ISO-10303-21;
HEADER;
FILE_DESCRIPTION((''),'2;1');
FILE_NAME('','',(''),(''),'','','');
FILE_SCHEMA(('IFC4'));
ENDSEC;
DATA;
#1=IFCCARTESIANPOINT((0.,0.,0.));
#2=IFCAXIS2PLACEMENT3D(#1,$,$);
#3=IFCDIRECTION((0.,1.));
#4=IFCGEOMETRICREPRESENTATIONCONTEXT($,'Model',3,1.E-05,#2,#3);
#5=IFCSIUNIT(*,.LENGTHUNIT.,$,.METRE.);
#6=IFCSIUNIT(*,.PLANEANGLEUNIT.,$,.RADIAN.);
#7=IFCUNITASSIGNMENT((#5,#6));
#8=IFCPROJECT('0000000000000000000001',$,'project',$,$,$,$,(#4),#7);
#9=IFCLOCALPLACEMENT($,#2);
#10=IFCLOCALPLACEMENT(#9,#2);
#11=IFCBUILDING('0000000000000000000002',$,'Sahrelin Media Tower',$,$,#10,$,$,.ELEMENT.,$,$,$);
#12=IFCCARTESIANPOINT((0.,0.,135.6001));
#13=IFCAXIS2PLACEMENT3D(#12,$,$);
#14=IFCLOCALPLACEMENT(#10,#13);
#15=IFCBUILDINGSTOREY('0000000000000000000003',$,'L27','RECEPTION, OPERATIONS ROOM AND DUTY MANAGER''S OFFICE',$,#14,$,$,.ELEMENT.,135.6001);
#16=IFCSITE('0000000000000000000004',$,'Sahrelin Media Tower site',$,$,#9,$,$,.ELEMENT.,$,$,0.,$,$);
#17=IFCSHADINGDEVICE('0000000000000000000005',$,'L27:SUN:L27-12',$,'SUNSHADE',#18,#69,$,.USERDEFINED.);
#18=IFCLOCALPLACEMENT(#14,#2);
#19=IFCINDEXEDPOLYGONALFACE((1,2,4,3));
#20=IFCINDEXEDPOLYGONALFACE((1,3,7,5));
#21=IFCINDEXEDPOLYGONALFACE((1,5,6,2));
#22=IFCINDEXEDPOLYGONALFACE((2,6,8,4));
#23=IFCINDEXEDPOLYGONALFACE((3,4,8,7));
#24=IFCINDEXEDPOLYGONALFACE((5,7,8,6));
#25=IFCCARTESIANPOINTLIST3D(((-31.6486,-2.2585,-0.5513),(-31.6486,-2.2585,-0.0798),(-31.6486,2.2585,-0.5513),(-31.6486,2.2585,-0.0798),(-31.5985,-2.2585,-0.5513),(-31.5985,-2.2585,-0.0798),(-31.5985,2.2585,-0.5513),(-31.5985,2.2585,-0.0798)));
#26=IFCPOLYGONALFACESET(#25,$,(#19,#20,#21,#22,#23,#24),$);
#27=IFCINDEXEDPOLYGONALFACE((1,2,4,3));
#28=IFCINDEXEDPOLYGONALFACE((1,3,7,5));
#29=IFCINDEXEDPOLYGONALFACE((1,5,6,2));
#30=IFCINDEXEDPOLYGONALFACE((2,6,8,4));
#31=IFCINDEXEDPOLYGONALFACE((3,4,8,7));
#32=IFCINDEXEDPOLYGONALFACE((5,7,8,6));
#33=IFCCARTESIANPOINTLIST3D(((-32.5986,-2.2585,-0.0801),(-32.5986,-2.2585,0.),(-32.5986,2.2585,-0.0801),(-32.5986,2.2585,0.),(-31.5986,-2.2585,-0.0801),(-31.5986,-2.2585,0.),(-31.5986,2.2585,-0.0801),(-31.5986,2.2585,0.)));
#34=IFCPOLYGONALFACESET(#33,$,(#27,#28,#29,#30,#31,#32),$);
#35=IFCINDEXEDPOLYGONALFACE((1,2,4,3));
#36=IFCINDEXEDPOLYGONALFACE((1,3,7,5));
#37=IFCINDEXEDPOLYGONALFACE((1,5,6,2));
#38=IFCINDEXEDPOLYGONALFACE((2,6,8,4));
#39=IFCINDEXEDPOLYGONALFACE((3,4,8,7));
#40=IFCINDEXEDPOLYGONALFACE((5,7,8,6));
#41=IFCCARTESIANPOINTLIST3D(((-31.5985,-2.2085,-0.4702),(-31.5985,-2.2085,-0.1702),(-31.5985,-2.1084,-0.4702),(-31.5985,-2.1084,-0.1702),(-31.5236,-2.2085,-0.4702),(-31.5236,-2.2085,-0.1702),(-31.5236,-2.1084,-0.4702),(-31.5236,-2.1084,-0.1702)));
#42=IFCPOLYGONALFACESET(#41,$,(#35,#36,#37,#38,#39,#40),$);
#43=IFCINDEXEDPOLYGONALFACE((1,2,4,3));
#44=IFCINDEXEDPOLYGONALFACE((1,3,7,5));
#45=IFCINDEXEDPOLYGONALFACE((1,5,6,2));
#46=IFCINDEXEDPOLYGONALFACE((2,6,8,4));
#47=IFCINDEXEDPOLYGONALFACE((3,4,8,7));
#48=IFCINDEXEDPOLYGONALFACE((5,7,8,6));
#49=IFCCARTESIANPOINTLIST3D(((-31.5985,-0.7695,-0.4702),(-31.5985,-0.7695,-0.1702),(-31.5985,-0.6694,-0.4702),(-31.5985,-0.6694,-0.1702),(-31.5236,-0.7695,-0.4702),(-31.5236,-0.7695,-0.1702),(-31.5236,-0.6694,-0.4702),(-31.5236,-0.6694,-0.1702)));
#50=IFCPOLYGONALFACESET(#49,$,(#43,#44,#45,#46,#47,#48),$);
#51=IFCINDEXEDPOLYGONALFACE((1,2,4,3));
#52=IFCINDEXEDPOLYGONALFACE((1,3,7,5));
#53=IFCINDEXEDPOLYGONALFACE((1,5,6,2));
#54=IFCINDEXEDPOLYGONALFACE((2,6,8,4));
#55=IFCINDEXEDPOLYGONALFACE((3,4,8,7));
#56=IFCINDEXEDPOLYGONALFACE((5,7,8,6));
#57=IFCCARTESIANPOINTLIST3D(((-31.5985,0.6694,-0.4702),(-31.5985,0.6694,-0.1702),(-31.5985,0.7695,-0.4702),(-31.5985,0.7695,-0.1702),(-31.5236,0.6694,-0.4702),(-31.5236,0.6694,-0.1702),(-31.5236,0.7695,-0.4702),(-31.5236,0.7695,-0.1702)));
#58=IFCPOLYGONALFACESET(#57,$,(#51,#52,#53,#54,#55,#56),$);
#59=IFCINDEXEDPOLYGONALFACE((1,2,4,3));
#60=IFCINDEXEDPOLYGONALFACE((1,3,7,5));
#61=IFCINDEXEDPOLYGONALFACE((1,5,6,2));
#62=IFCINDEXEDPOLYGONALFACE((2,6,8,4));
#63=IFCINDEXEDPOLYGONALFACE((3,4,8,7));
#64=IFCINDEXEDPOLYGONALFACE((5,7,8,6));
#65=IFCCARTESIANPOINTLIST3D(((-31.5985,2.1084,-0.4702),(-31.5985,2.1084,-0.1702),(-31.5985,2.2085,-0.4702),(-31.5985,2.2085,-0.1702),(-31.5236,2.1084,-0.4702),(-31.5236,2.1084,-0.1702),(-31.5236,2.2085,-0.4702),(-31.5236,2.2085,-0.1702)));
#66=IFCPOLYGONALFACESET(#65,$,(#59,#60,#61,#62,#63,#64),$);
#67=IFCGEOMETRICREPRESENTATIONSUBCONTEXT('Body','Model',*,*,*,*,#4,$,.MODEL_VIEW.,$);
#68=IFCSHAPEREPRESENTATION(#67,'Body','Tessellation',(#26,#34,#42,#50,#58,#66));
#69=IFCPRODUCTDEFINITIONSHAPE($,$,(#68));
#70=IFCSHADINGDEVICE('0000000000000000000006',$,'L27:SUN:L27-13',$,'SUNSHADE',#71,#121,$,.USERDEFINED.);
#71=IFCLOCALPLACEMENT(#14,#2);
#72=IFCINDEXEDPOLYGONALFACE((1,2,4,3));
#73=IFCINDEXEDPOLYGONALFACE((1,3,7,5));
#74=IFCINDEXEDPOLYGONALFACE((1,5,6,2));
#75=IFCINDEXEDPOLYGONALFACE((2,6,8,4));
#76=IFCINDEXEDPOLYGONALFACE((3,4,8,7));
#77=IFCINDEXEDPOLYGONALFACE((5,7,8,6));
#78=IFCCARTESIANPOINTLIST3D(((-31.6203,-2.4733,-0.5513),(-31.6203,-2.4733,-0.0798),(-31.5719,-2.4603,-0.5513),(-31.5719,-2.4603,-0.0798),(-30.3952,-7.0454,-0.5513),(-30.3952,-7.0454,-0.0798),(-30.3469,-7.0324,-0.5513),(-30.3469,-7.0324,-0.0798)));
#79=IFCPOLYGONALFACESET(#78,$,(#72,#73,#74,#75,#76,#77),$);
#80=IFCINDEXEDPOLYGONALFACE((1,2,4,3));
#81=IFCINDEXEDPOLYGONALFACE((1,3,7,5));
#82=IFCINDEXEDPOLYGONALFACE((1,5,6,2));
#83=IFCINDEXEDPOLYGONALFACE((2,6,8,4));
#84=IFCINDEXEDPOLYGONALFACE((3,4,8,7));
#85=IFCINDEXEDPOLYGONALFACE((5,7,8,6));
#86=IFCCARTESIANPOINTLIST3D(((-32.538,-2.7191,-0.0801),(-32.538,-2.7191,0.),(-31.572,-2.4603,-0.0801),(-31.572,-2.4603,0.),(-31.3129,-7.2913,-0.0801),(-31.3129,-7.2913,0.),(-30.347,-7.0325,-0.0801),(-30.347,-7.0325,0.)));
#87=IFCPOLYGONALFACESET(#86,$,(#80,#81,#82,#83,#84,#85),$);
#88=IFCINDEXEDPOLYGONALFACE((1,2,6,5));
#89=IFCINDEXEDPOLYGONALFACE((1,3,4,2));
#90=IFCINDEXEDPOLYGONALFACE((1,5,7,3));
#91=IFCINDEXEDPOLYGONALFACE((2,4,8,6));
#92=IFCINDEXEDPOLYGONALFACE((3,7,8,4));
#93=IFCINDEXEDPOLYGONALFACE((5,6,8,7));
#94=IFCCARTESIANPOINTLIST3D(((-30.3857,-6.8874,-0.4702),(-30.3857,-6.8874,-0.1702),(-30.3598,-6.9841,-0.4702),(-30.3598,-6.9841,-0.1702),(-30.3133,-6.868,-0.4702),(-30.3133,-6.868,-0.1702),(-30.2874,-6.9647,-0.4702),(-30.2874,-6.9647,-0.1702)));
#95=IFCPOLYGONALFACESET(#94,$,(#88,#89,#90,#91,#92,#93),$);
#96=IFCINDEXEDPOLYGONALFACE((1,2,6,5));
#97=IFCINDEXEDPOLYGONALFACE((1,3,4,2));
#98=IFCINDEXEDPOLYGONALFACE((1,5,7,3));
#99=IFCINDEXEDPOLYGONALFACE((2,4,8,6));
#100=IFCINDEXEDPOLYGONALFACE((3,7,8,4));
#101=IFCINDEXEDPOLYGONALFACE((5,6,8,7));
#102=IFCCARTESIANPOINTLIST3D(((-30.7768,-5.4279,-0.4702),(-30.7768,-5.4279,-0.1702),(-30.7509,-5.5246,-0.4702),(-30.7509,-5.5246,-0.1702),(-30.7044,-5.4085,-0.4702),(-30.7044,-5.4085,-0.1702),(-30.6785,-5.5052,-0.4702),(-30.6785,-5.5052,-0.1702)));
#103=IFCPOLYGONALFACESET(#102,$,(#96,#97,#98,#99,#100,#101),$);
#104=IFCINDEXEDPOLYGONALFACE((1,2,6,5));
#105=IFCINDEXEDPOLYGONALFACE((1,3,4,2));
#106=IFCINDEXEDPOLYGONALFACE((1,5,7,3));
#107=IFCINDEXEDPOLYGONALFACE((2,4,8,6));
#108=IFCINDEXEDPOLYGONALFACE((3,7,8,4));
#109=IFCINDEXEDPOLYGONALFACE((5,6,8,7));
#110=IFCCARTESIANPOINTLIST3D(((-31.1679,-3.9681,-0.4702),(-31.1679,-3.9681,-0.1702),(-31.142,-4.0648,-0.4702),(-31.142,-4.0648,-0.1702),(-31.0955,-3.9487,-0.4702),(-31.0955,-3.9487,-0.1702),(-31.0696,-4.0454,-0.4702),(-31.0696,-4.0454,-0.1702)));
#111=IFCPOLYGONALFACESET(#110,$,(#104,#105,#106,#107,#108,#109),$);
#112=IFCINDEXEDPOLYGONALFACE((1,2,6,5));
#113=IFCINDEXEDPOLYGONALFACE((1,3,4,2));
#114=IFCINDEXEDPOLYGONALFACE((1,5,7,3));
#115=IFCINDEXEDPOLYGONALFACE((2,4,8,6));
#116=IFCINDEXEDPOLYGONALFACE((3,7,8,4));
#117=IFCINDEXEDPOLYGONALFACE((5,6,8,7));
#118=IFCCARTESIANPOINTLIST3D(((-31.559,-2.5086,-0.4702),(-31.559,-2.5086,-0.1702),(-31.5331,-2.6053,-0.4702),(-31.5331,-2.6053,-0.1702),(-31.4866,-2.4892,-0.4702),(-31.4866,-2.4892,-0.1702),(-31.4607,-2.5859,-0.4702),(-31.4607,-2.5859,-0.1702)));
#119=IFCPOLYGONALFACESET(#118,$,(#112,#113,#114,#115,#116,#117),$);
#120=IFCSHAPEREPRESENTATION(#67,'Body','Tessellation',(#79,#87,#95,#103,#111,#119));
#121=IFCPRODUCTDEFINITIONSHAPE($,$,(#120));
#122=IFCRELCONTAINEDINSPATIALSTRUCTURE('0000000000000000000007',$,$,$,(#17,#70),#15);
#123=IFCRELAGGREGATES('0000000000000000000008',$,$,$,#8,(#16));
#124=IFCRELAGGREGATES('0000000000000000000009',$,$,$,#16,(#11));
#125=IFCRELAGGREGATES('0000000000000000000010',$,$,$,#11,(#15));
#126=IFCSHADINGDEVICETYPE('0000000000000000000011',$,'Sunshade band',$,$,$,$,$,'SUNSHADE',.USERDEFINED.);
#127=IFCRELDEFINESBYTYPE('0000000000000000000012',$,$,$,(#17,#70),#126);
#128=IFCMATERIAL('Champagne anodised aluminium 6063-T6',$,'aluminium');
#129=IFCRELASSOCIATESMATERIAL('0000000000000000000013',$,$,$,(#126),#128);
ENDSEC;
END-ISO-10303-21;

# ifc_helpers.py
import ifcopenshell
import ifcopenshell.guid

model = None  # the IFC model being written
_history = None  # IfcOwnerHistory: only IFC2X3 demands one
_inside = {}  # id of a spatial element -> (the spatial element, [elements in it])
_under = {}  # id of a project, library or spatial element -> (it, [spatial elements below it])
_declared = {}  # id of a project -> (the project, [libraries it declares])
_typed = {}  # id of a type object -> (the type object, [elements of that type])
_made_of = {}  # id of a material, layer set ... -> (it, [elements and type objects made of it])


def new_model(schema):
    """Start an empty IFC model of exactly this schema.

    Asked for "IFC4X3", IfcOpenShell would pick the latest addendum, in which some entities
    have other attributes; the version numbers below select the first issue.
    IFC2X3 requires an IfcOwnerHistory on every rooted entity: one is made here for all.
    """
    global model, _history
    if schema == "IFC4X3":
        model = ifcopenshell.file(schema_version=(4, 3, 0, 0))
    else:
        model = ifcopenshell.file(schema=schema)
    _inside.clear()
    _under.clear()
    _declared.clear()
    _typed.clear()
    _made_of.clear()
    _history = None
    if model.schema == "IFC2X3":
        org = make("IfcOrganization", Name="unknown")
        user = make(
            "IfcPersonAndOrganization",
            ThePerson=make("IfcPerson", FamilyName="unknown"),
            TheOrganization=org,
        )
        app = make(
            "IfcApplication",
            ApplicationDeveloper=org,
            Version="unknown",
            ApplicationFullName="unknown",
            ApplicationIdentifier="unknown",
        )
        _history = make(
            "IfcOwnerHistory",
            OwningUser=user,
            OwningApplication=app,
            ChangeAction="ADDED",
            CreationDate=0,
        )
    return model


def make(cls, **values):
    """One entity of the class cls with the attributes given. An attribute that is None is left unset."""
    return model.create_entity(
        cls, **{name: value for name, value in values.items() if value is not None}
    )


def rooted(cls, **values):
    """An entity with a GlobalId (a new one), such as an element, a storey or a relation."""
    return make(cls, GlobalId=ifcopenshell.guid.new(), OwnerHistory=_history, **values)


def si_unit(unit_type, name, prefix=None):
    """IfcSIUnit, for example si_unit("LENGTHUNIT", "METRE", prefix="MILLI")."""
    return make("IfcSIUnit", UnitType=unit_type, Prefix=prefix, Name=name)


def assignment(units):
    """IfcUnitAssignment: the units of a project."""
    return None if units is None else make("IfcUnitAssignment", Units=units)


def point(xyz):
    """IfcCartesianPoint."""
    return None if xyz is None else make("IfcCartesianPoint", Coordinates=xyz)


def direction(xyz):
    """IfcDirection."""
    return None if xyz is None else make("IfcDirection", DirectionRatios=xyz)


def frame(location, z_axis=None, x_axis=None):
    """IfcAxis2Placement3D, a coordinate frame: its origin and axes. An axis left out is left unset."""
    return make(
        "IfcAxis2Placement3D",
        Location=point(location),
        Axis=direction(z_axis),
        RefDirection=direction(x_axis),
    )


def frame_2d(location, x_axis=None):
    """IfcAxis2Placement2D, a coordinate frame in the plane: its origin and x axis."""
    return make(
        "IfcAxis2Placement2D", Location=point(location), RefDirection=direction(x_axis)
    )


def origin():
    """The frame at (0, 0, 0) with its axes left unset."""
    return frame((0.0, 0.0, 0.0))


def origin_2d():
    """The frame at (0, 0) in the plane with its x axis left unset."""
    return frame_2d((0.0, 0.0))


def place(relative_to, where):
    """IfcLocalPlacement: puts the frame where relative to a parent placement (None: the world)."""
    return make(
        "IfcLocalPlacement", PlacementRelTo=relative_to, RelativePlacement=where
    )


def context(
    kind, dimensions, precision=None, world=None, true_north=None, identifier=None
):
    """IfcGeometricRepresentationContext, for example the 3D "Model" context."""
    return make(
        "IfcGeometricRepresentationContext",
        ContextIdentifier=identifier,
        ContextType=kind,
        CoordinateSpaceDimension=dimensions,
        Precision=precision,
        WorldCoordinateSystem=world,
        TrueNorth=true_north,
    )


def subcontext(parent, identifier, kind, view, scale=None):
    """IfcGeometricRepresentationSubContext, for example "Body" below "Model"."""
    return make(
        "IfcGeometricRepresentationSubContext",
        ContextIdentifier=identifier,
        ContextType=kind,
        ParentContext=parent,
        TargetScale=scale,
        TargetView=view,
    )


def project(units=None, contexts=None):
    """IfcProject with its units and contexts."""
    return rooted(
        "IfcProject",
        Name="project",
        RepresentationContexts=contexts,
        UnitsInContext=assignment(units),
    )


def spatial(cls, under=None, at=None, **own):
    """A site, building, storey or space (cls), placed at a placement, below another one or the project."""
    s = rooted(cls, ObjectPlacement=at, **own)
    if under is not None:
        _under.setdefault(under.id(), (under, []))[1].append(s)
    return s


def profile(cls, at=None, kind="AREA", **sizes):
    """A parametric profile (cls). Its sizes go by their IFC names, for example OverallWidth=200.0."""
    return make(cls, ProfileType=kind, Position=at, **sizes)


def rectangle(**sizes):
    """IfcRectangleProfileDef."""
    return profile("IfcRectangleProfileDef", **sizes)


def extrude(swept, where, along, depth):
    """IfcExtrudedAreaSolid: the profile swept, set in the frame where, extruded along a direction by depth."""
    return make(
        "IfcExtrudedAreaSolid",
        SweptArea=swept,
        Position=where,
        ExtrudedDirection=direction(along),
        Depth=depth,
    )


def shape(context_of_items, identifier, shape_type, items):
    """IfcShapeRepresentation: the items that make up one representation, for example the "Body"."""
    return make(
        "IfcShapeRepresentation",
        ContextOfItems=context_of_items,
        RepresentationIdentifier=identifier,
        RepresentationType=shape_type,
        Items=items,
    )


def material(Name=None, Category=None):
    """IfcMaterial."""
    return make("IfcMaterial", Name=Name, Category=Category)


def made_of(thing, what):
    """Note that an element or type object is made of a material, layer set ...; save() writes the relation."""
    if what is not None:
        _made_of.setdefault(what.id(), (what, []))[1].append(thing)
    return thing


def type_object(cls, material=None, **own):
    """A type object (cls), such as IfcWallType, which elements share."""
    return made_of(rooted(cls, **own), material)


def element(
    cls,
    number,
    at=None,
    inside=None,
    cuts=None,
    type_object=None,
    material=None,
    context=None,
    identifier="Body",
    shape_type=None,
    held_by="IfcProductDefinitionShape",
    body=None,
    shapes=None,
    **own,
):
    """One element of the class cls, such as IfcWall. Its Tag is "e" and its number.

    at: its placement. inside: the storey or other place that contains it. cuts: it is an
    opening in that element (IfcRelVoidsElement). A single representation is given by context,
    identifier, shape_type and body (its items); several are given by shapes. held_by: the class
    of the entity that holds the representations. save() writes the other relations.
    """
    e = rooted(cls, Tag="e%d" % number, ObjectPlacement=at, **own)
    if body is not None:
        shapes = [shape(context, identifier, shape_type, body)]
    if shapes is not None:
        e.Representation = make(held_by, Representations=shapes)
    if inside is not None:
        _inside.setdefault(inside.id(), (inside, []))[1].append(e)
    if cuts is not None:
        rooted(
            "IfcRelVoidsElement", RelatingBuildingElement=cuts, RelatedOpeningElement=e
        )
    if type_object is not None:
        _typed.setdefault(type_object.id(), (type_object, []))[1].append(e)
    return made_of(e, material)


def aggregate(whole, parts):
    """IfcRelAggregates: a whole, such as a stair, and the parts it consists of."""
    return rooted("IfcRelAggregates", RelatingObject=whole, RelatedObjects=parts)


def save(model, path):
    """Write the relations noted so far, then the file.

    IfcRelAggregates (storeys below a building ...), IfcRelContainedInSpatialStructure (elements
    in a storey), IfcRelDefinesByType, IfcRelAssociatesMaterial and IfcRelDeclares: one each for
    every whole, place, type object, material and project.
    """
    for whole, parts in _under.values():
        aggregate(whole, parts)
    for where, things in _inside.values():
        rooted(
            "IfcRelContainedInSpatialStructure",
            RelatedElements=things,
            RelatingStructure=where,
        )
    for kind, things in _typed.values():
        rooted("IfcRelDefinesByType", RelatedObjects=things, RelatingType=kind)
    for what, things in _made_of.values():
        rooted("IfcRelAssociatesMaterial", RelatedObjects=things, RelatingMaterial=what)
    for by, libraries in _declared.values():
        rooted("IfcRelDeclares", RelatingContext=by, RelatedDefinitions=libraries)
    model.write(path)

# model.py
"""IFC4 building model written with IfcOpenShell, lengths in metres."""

from ifc_helpers import new_model, si_unit, direction, frame, origin, origin_2d, place, context, subcontext, project, spatial, rectangle, extrude, material, type_object, element, save


model = new_model("IFC4")

# Units and contexts
model_context = context("Model", 3, precision=1e-05, world=origin(), true_north=direction((0.0, 1.0)))
body_context = subcontext(model_context, "Body", "Model", "MODEL_VIEW")
ifc_project = project(units=[si_unit("LENGTHUNIT", "METRE"), si_unit("PLANEANGLEUNIT", "RADIAN")], contexts=[model_context])

# Site, building, storey
site_placement = place(None, origin())
site = spatial("IfcSite", under=ifc_project, at=site_placement, Name="Sahrelin Media Tower site", CompositionType="ELEMENT", RefElevation=0.0)
building_placement = place(site_placement, origin())
building = spatial("IfcBuilding", under=site, at=building_placement, Name="Sahrelin Media Tower", CompositionType="ELEMENT")
storey_placement = place(building_placement, frame((0.0, 0.0, 135.6001)))
storey = spatial("IfcBuildingStorey", under=building, at=storey_placement, Name="L27", Description="RECEPTION, OPERATIONS ROOM AND DUTY MANAGER'S OFFICE", CompositionType="ELEMENT", Elevation=135.6001)

# Shared definitions
ifc_material_1 = material(Name="Champagne anodised aluminium 6063-T6", Category="aluminium")

# Shading devices
placement_1 = place(storey_placement, frame((-31.5786, 0.0, 0.0), z_axis=(0.0, 0.0, 1.0), x_axis=(0.0, 1.0, 0.0)))
placement_2 = place(storey_placement, frame((-30.9402, -4.7412, 0.0), z_axis=(0.0, 0.0, 1.0), x_axis=(-0.258808, 0.965929, 0.0)))
shading_device_type_1 = type_object("IfcShadingDeviceType", Name="Sunshade band", ElementType="SUNSHADE", PredefinedType="USERDEFINED", material=ifc_material_1)
element("IfcShadingDevice", 1, at=placement_1, inside=storey, type_object=shading_device_type_1, Name="L27:SUN:L27-12", ObjectType="SUNSHADE", PredefinedType="USERDEFINED", context=body_context, shape_type="SweptSolid", body=[
    extrude(rectangle(XDim=4.5171, YDim=0.05, at=origin_2d()), frame((0.0, 0.0449, -0.5513)), (0.0, 0.0, 1.0), 0.4714),
    extrude(rectangle(XDim=4.5171, YDim=1.0, at=origin_2d()), frame((0.0, 0.52, -0.0801)), (0.0, 0.0, 1.0), 0.0801),
    extrude(rectangle(XDim=0.1001, YDim=0.075, at=origin_2d()), frame((-2.1584, -0.0176, -0.4702)), (0.0, 0.0, 1.0), 0.3),
    extrude(rectangle(XDim=0.1001, YDim=0.075, at=origin_2d()), frame((-0.7195, -0.0176, -0.4702)), (0.0, 0.0, 1.0), 0.3),
    extrude(rectangle(XDim=0.1001, YDim=0.075, at=origin_2d()), frame((0.7195, -0.0176, -0.4702)), (0.0, 0.0, 1.0), 0.3),
    extrude(rectangle(XDim=0.1001, YDim=0.075, at=origin_2d()), frame((2.1584, -0.0176, -0.4702)), (0.0, 0.0, 1.0), 0.3),
])
element("IfcShadingDevice", 2, at=placement_2, inside=storey, type_object=shading_device_type_1, Name="L27:SUN:L27-13", ObjectType="SUNSHADE", PredefinedType="USERDEFINED", context=body_context, shape_type="SweptSolid", body=[
    extrude(rectangle(XDim=4.7334, YDim=0.05, at=origin_2d()), frame((0.0, 0.0449, -0.5513)), (0.0, 0.0, 1.0), 0.4714),
    extrude(rectangle(XDim=4.7334, YDim=1.0, at=origin_2d()), frame((0.0, 0.52, -0.0801)), (0.0, 0.0, 1.0), 0.0801),
    extrude(rectangle(XDim=0.1001, YDim=0.075, at=origin_2d()), frame((-2.2666, -0.0176, -0.4702)), (0.0, 0.0, 1.0), 0.3),
    extrude(rectangle(XDim=0.1001, YDim=0.075, at=origin_2d()), frame((-0.7556, -0.0176, -0.4702)), (0.0, 0.0, 1.0), 0.3),
    extrude(rectangle(XDim=0.1001, YDim=0.075, at=origin_2d()), frame((0.7556, -0.0176, -0.4702)), (0.0, 0.0, 1.0), 0.3),
    extrude(rectangle(XDim=0.1001, YDim=0.075, at=origin_2d()), frame((2.2666, -0.0176, -0.4702)), (0.0, 0.0, 1.0), 0.3),
])

save(model, "model.ifc")
